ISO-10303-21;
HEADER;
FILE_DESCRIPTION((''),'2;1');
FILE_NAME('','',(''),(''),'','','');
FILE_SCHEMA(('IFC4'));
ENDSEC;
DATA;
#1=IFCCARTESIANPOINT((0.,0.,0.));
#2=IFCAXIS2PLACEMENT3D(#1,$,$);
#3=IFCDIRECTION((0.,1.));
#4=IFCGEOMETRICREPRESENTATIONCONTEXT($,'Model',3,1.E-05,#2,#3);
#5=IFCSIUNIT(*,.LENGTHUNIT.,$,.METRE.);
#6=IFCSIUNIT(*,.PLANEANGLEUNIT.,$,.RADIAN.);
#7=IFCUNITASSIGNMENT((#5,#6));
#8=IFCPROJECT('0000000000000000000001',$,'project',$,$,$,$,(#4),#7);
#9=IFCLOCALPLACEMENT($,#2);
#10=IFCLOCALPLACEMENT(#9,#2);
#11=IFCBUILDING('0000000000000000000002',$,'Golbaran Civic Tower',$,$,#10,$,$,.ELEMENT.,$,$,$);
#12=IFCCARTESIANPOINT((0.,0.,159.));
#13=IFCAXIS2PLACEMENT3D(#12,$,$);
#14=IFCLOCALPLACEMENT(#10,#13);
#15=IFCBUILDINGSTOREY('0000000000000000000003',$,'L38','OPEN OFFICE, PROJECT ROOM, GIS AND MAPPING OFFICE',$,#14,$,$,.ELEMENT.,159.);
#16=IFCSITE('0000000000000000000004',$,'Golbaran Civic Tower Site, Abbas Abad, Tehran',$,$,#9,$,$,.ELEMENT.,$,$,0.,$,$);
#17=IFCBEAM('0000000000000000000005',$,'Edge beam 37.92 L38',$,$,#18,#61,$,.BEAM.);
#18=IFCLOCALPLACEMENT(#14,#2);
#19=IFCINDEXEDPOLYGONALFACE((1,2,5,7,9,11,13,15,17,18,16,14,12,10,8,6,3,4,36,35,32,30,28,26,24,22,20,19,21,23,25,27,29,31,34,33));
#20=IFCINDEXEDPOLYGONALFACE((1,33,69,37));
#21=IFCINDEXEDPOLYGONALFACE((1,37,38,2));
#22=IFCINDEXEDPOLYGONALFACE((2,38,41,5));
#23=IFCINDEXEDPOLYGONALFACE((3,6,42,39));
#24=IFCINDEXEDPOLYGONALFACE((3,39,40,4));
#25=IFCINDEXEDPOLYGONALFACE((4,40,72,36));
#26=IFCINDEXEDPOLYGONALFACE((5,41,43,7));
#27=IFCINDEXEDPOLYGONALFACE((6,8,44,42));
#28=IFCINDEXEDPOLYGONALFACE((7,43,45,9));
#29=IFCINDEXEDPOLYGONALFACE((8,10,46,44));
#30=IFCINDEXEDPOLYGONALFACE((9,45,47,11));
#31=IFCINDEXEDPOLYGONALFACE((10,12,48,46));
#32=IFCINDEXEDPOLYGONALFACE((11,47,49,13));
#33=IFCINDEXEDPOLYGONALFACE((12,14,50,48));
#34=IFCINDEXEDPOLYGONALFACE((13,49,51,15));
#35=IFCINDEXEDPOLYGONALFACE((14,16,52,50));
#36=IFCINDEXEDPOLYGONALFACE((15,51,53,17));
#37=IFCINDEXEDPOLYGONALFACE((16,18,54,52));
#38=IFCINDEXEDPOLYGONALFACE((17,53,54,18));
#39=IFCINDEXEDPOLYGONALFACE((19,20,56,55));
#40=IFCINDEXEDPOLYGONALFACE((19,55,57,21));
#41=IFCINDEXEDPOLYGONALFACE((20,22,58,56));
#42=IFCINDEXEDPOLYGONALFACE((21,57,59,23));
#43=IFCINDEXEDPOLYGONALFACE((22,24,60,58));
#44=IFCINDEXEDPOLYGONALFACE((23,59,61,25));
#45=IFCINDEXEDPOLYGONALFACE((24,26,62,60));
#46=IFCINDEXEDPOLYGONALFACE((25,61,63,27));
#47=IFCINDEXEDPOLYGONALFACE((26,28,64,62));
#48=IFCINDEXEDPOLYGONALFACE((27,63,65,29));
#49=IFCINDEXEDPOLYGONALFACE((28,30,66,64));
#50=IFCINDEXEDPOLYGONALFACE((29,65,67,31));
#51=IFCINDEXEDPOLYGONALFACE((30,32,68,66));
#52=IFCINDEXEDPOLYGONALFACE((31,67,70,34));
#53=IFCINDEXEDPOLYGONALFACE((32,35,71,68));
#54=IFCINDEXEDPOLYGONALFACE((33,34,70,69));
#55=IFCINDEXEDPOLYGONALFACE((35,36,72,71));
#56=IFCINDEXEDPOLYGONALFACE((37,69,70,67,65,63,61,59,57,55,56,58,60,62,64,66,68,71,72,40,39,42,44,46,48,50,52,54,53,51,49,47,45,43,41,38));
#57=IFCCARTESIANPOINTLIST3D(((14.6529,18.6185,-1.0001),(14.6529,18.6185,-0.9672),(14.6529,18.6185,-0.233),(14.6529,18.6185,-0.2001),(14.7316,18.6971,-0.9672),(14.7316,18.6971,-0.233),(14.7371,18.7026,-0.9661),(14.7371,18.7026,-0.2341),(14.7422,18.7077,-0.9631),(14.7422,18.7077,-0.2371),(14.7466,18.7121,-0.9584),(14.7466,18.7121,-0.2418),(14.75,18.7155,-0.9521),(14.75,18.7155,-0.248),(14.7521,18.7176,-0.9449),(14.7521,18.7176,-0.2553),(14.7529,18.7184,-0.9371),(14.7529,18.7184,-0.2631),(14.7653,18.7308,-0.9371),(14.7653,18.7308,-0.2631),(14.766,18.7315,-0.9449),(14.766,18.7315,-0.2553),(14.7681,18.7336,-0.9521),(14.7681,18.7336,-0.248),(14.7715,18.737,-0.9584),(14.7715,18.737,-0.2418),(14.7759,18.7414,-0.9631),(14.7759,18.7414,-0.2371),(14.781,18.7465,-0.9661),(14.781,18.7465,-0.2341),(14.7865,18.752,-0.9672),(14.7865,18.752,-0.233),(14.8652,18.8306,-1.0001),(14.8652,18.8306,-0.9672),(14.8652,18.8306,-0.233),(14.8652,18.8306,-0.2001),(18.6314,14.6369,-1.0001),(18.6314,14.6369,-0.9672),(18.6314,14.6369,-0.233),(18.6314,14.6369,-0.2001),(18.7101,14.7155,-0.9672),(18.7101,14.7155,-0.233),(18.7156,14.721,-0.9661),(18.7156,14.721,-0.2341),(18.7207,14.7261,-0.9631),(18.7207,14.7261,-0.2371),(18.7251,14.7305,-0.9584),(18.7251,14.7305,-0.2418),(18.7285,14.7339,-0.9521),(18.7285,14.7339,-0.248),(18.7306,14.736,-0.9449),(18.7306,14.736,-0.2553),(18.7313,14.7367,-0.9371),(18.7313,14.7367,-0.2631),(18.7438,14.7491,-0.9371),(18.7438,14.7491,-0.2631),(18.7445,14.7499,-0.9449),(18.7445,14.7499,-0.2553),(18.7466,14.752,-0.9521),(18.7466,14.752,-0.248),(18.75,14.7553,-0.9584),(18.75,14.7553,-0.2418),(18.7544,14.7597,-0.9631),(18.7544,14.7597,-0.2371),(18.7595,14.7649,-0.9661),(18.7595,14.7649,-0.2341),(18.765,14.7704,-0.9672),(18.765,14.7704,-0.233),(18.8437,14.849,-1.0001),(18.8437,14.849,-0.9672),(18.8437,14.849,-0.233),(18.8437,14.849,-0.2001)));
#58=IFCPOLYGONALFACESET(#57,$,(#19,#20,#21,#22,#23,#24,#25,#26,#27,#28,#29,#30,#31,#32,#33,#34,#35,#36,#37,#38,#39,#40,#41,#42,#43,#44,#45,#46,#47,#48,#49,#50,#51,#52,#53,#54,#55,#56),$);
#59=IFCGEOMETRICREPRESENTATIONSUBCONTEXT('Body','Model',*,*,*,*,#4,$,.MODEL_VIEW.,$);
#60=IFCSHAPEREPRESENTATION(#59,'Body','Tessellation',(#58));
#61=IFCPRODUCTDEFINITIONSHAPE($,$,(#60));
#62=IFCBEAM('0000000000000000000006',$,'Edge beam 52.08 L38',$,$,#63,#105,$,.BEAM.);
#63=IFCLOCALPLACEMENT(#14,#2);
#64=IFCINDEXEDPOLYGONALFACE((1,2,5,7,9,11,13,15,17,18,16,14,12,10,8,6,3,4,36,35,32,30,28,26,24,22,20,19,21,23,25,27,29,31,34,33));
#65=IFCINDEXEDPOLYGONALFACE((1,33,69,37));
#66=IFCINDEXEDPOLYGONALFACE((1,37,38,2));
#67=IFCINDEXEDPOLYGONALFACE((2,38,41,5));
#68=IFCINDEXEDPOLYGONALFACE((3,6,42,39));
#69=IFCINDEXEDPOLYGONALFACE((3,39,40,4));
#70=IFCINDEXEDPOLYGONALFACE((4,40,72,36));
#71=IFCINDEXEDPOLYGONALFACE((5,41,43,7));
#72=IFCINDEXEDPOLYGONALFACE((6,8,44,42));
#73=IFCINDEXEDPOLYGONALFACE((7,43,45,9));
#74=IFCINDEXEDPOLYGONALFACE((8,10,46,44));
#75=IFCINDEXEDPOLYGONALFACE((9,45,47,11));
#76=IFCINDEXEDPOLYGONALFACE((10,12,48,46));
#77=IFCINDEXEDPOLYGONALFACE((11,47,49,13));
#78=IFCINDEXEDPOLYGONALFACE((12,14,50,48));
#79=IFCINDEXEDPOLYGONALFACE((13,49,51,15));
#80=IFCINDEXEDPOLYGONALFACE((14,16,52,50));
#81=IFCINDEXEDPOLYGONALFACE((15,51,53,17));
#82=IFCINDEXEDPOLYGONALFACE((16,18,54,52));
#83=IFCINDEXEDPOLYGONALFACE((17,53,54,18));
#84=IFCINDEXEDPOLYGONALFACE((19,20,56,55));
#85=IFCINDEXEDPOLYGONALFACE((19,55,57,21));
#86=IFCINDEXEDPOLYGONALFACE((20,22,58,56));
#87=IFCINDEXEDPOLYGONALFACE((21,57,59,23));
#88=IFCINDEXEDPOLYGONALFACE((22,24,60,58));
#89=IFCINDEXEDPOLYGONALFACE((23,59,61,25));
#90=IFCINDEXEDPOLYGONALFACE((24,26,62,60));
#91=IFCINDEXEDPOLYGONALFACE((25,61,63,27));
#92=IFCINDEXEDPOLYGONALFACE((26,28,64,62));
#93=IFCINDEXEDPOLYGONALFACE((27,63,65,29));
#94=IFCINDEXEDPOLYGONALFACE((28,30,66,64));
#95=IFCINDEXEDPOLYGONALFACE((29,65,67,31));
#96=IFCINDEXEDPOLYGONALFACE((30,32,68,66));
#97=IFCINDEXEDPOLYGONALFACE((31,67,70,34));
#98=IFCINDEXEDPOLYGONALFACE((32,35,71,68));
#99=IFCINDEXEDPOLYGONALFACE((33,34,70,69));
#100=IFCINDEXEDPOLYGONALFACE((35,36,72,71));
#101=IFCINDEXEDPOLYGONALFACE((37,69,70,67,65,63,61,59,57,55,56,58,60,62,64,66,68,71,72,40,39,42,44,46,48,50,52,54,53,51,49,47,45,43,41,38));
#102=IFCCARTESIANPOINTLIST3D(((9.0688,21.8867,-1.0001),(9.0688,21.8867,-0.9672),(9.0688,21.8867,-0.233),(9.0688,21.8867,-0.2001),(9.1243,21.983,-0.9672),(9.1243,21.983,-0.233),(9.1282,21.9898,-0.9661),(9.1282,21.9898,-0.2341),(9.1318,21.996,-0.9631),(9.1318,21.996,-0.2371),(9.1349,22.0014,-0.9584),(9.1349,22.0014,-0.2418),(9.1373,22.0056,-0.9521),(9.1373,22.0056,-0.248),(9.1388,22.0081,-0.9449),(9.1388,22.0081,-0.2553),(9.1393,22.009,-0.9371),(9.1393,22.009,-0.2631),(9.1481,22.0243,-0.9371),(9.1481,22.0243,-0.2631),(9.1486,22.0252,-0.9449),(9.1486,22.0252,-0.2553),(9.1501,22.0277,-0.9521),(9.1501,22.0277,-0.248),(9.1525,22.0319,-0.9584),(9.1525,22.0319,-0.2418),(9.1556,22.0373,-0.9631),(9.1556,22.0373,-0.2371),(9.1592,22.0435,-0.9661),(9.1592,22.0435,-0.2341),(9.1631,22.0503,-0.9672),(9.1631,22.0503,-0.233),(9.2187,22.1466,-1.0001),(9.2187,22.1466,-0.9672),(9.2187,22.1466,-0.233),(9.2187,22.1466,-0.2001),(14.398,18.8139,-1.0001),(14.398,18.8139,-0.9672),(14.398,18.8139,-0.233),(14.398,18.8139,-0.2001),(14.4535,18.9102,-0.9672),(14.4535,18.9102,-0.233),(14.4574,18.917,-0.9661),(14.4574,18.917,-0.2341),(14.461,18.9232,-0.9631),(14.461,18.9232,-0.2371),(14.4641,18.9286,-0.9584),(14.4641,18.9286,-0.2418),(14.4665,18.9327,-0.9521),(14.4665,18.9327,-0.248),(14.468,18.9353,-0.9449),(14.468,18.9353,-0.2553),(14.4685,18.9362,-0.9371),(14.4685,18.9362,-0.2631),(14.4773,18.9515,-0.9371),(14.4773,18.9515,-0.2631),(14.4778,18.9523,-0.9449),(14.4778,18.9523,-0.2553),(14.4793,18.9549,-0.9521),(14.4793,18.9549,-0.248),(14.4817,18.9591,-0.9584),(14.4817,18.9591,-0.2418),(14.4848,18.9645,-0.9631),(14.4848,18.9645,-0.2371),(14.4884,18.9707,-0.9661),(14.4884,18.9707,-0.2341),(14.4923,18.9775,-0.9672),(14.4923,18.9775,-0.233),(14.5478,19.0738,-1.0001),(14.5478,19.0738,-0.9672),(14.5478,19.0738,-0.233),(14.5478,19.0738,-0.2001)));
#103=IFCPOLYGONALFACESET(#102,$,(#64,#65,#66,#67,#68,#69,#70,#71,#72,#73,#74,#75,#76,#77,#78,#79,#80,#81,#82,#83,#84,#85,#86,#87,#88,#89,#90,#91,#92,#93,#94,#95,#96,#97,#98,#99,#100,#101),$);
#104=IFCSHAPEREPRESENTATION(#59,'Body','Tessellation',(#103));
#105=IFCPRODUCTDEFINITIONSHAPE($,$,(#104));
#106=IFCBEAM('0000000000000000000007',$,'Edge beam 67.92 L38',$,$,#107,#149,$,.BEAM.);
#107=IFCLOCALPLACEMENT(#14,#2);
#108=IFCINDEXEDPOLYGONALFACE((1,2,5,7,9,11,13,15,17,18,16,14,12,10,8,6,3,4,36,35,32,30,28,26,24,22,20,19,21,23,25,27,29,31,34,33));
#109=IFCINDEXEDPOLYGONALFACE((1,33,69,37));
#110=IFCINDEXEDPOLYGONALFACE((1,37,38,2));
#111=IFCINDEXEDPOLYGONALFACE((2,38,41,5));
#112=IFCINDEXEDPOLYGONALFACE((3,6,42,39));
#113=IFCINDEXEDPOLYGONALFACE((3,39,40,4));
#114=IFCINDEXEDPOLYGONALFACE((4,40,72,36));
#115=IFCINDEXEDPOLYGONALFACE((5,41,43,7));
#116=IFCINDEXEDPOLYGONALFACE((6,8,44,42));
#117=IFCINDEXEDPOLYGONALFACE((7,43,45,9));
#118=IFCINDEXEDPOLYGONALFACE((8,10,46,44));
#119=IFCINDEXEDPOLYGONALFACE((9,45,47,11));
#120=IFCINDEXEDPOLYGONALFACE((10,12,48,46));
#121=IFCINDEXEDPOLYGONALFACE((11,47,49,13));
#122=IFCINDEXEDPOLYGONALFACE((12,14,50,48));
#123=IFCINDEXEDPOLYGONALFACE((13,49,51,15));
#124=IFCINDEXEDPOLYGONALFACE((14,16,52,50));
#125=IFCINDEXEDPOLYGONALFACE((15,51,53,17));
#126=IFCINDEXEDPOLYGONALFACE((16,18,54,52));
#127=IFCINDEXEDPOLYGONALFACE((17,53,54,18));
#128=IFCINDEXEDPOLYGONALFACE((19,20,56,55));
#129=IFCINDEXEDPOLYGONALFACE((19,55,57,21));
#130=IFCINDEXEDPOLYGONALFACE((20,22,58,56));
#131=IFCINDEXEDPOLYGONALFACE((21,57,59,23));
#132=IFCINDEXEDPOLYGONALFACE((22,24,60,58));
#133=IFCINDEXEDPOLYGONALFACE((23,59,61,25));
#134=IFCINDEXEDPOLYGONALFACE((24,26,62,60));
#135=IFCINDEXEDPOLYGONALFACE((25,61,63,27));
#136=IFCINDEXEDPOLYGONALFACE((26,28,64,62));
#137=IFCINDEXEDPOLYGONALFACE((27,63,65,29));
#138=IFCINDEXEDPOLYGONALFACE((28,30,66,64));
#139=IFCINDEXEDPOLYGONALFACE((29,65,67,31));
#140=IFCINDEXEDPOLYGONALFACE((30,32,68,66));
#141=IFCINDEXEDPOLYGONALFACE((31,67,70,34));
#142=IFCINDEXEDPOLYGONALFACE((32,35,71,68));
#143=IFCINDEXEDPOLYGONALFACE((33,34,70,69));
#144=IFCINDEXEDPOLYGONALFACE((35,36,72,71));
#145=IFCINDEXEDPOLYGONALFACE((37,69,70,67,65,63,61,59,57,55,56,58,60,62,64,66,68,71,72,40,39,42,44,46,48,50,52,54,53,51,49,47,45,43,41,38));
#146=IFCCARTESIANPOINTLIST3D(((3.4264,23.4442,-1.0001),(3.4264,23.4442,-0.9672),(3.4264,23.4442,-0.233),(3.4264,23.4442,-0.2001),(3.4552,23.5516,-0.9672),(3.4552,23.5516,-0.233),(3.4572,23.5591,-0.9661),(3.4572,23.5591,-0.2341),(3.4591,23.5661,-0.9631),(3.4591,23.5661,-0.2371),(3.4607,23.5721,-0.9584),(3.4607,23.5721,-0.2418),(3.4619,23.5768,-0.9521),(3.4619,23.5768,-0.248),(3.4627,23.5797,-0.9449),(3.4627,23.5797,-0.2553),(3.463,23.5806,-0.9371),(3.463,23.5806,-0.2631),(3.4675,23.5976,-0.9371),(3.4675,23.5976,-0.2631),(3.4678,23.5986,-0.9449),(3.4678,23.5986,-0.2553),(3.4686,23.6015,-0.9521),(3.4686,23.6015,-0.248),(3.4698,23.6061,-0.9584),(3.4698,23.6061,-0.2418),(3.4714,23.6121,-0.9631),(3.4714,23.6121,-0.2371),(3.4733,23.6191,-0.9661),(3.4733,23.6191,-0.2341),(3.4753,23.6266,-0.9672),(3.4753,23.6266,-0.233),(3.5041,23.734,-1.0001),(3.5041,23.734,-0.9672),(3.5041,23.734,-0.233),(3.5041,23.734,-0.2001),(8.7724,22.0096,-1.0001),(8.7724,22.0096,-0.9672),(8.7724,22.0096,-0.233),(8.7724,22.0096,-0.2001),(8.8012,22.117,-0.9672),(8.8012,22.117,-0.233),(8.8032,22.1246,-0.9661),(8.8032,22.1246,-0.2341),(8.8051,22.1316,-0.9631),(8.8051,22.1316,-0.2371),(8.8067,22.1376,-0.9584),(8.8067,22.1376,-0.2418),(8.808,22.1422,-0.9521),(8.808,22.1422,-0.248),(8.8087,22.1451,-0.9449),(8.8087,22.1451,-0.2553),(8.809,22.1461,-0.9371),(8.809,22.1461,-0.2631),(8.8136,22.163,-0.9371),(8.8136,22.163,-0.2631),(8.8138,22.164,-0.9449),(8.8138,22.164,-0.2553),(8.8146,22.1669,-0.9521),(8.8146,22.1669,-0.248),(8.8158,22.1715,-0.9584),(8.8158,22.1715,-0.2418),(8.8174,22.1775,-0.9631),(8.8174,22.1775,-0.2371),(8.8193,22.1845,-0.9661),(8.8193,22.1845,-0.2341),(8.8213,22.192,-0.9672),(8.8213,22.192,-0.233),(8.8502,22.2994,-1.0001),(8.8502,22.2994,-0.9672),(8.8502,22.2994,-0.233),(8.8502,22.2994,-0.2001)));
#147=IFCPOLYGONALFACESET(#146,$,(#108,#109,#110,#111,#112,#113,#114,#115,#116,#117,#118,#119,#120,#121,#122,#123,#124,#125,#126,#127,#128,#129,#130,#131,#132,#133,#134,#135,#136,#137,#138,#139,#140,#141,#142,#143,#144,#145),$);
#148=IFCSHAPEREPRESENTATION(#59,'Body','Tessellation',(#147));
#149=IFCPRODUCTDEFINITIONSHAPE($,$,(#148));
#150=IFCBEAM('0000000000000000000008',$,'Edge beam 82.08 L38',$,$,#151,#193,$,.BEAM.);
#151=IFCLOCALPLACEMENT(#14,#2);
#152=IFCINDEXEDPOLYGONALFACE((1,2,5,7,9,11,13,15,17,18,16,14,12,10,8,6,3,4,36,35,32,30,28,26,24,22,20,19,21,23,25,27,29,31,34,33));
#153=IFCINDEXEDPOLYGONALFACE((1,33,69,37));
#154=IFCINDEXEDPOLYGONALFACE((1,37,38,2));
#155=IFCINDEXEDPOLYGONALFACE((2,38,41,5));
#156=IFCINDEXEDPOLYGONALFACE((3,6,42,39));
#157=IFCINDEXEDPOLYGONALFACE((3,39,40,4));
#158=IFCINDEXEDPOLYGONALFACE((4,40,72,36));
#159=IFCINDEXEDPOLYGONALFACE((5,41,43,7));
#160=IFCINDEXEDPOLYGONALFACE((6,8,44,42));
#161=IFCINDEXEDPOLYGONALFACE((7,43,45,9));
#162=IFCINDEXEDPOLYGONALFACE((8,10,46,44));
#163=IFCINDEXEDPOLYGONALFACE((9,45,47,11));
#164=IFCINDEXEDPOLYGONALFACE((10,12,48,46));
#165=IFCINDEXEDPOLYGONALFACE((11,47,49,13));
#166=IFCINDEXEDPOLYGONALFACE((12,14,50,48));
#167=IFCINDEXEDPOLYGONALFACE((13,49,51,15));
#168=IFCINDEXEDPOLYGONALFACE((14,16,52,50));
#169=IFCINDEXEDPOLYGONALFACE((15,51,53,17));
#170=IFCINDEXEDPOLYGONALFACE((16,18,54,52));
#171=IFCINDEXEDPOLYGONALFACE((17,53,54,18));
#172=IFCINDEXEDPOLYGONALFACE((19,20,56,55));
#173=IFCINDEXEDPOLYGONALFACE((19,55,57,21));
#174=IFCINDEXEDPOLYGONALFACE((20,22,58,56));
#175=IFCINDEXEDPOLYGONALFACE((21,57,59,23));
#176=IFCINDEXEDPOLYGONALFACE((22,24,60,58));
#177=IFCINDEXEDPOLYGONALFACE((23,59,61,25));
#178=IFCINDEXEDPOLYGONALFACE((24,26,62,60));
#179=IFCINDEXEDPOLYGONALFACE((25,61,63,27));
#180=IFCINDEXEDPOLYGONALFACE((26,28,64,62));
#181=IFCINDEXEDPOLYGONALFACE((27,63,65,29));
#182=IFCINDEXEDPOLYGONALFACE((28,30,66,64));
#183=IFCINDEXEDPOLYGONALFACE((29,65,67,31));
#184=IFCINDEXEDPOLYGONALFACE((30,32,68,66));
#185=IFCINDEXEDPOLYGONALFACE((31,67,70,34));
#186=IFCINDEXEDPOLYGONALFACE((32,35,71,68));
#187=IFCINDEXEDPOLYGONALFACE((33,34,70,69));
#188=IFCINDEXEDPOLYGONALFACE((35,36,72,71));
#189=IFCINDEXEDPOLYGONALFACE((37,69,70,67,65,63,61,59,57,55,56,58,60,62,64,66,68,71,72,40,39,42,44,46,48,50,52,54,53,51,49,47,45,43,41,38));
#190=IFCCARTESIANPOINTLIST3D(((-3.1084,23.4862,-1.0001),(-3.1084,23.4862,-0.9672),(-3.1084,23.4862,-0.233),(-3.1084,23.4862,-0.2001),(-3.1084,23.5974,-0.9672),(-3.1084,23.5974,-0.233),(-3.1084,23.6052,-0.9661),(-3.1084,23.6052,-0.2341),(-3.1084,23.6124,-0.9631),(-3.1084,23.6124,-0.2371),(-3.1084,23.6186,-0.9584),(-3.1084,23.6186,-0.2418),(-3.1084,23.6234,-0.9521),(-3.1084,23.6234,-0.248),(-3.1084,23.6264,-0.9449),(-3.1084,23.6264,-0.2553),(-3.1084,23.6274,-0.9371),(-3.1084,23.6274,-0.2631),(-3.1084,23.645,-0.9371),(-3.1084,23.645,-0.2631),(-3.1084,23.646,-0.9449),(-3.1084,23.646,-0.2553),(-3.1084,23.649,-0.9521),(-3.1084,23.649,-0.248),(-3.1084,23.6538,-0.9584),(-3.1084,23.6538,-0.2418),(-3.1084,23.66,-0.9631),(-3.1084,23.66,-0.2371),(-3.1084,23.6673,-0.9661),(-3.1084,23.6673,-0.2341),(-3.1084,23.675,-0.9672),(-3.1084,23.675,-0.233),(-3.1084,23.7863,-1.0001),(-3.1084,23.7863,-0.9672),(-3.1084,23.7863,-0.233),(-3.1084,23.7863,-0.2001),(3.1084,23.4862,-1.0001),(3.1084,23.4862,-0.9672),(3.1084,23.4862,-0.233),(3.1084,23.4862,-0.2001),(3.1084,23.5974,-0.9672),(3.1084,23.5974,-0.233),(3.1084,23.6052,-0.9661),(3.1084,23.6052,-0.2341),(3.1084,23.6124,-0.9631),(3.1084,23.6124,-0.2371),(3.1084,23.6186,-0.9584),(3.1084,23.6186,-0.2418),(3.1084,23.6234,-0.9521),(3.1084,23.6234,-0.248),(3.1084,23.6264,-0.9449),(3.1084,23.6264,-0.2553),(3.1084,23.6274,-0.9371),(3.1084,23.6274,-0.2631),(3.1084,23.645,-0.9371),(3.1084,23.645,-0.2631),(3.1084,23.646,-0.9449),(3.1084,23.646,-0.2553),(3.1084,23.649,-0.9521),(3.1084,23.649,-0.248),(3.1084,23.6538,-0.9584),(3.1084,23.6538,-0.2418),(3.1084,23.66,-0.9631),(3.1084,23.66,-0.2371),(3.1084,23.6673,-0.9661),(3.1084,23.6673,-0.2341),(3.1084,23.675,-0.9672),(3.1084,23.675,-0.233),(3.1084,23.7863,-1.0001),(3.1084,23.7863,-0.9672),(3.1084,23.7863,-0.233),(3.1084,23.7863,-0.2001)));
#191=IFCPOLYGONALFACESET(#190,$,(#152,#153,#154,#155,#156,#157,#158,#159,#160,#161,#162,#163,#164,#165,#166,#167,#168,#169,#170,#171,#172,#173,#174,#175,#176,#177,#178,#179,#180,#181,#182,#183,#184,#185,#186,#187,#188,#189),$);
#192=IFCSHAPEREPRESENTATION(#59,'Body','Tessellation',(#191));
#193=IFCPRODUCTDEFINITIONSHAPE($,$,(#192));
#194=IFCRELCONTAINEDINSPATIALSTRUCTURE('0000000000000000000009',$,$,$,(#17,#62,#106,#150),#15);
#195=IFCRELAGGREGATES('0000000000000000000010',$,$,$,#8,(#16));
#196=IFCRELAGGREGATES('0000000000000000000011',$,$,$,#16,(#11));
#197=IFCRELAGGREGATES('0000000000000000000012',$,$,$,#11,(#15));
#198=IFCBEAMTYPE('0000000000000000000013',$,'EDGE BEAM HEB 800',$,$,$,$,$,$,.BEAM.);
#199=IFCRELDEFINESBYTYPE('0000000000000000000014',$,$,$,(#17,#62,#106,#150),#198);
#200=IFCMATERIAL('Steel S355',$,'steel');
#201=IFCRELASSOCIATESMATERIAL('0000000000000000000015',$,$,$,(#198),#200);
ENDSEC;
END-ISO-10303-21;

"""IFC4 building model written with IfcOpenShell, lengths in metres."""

from ifc_helpers import new_model, si_unit, direction, frame, origin, origin_2d, place, context, subcontext, project, spatial, i_section, extrude, material, material_profile, profile_set, type_object, element, save


model = new_model("IFC4")

# Units and contexts
model_context = context("Model", 3, precision=1e-05, world=origin(), true_north=direction((0.0, 1.0)))
body_context = subcontext(model_context, "Body", "Model", "MODEL_VIEW")
ifc_project = project(units=[si_unit("LENGTHUNIT", "METRE"), si_unit("PLANEANGLEUNIT", "RADIAN")], contexts=[model_context])

# Site, building, storey
site_placement = place(None, origin())
site = spatial("IfcSite", under=ifc_project, at=site_placement, Name="Golbaran Civic Tower Site, Abbas Abad, Tehran", CompositionType="ELEMENT", RefElevation=0.0)
building_placement = place(site_placement, origin())
building = spatial("IfcBuilding", under=site, at=building_placement, Name="Golbaran Civic Tower", CompositionType="ELEMENT")
storey_placement = place(building_placement, frame((0.0, 0.0, 159.0)))
storey = spatial("IfcBuildingStorey", under=building, at=storey_placement, Name="L38", Description="OPEN OFFICE, PROJECT ROOM, GIS AND MAPPING OFFICE", CompositionType="ELEMENT", Elevation=159.0)

# Beams
ifc_material_1 = material(Name="Steel S355", Category="steel")
ifc_material_profile_1 = material_profile(ifc_material_1, i_section(OverallWidth=0.3, OverallDepth=0.8, WebThickness=0.0176, FlangeThickness=0.033, FilletRadius=0.03, at=origin_2d()), Name="HEB 800")
ifc_profile_set_1 = profile_set([ifc_material_profile_1], Name="Steel S355")
beam_type_1 = type_object("IfcBeamType", Name="EDGE BEAM HEB 800", PredefinedType="BEAM", material=ifc_profile_set_1)
beam_1_placement = place(storey_placement, frame((18.7375, 14.7429, -0.6001), z_axis=(-0.706825, 0.707389, 0.0), x_axis=(-0.707389, -0.706825, 0.0)))
element("IfcBeam", 1, at=beam_1_placement, inside=storey, type_object=beam_type_1, Name="Edge beam 37.92 L38", PredefinedType="BEAM", context=body_context, shape_type="SweptSolid", body=[
    extrude(i_section(OverallWidth=0.3, OverallDepth=0.8, WebThickness=0.0176, FlangeThickness=0.033, FilletRadius=0.03, at=origin_2d()), origin(), (0.0, 0.0, 1.0), 5.6287),
])
beam_2_placement = place(storey_placement, frame((14.4729, 18.9438, -0.6001), z_axis=(-0.866307, 0.499512, 0.0), x_axis=(-0.499512, -0.866307, 0.0)))
element("IfcBeam", 2, at=beam_2_placement, inside=storey, type_object=beam_type_1, Name="Edge beam 52.08 L38", PredefinedType="BEAM", context=body_context, shape_type="SweptSolid", body=[
    extrude(i_section(OverallWidth=0.3, OverallDepth=0.8, WebThickness=0.0176, FlangeThickness=0.033, FilletRadius=0.03, at=origin_2d()), origin(), (0.0, 0.0, 1.0), 6.1516),
])
beam_3_placement = place(storey_placement, frame((8.8113, 22.1545, -0.6001), z_axis=(-0.96583, 0.259178, 0.0), x_axis=(-0.259178, -0.96583, 0.0)))
element("IfcBeam", 3, at=beam_3_placement, inside=storey, type_object=beam_type_1, Name="Edge beam 67.92 L38", PredefinedType="BEAM", context=body_context, shape_type="SweptSolid", body=[
    extrude(i_section(OverallWidth=0.3, OverallDepth=0.8, WebThickness=0.0176, FlangeThickness=0.033, FilletRadius=0.03, at=origin_2d()), origin(), (0.0, 0.0, 1.0), 5.5352),
])
beam_4_placement = place(storey_placement, frame((3.1084, 23.6362, -0.6001), z_axis=(-1.0, 0.0, 0.0), x_axis=(0.0, -1.0, 0.0)))
element("IfcBeam", 4, at=beam_4_placement, inside=storey, type_object=beam_type_1, Name="Edge beam 82.08 L38", PredefinedType="BEAM", context=body_context, shape_type="SweptSolid", body=[
    extrude(i_section(OverallWidth=0.3, OverallDepth=0.8, WebThickness=0.0176, FlangeThickness=0.033, FilletRadius=0.03, at=origin_2d()), origin(), (0.0, 0.0, 1.0), 6.2168),
])

save(model, "model.ifc")
